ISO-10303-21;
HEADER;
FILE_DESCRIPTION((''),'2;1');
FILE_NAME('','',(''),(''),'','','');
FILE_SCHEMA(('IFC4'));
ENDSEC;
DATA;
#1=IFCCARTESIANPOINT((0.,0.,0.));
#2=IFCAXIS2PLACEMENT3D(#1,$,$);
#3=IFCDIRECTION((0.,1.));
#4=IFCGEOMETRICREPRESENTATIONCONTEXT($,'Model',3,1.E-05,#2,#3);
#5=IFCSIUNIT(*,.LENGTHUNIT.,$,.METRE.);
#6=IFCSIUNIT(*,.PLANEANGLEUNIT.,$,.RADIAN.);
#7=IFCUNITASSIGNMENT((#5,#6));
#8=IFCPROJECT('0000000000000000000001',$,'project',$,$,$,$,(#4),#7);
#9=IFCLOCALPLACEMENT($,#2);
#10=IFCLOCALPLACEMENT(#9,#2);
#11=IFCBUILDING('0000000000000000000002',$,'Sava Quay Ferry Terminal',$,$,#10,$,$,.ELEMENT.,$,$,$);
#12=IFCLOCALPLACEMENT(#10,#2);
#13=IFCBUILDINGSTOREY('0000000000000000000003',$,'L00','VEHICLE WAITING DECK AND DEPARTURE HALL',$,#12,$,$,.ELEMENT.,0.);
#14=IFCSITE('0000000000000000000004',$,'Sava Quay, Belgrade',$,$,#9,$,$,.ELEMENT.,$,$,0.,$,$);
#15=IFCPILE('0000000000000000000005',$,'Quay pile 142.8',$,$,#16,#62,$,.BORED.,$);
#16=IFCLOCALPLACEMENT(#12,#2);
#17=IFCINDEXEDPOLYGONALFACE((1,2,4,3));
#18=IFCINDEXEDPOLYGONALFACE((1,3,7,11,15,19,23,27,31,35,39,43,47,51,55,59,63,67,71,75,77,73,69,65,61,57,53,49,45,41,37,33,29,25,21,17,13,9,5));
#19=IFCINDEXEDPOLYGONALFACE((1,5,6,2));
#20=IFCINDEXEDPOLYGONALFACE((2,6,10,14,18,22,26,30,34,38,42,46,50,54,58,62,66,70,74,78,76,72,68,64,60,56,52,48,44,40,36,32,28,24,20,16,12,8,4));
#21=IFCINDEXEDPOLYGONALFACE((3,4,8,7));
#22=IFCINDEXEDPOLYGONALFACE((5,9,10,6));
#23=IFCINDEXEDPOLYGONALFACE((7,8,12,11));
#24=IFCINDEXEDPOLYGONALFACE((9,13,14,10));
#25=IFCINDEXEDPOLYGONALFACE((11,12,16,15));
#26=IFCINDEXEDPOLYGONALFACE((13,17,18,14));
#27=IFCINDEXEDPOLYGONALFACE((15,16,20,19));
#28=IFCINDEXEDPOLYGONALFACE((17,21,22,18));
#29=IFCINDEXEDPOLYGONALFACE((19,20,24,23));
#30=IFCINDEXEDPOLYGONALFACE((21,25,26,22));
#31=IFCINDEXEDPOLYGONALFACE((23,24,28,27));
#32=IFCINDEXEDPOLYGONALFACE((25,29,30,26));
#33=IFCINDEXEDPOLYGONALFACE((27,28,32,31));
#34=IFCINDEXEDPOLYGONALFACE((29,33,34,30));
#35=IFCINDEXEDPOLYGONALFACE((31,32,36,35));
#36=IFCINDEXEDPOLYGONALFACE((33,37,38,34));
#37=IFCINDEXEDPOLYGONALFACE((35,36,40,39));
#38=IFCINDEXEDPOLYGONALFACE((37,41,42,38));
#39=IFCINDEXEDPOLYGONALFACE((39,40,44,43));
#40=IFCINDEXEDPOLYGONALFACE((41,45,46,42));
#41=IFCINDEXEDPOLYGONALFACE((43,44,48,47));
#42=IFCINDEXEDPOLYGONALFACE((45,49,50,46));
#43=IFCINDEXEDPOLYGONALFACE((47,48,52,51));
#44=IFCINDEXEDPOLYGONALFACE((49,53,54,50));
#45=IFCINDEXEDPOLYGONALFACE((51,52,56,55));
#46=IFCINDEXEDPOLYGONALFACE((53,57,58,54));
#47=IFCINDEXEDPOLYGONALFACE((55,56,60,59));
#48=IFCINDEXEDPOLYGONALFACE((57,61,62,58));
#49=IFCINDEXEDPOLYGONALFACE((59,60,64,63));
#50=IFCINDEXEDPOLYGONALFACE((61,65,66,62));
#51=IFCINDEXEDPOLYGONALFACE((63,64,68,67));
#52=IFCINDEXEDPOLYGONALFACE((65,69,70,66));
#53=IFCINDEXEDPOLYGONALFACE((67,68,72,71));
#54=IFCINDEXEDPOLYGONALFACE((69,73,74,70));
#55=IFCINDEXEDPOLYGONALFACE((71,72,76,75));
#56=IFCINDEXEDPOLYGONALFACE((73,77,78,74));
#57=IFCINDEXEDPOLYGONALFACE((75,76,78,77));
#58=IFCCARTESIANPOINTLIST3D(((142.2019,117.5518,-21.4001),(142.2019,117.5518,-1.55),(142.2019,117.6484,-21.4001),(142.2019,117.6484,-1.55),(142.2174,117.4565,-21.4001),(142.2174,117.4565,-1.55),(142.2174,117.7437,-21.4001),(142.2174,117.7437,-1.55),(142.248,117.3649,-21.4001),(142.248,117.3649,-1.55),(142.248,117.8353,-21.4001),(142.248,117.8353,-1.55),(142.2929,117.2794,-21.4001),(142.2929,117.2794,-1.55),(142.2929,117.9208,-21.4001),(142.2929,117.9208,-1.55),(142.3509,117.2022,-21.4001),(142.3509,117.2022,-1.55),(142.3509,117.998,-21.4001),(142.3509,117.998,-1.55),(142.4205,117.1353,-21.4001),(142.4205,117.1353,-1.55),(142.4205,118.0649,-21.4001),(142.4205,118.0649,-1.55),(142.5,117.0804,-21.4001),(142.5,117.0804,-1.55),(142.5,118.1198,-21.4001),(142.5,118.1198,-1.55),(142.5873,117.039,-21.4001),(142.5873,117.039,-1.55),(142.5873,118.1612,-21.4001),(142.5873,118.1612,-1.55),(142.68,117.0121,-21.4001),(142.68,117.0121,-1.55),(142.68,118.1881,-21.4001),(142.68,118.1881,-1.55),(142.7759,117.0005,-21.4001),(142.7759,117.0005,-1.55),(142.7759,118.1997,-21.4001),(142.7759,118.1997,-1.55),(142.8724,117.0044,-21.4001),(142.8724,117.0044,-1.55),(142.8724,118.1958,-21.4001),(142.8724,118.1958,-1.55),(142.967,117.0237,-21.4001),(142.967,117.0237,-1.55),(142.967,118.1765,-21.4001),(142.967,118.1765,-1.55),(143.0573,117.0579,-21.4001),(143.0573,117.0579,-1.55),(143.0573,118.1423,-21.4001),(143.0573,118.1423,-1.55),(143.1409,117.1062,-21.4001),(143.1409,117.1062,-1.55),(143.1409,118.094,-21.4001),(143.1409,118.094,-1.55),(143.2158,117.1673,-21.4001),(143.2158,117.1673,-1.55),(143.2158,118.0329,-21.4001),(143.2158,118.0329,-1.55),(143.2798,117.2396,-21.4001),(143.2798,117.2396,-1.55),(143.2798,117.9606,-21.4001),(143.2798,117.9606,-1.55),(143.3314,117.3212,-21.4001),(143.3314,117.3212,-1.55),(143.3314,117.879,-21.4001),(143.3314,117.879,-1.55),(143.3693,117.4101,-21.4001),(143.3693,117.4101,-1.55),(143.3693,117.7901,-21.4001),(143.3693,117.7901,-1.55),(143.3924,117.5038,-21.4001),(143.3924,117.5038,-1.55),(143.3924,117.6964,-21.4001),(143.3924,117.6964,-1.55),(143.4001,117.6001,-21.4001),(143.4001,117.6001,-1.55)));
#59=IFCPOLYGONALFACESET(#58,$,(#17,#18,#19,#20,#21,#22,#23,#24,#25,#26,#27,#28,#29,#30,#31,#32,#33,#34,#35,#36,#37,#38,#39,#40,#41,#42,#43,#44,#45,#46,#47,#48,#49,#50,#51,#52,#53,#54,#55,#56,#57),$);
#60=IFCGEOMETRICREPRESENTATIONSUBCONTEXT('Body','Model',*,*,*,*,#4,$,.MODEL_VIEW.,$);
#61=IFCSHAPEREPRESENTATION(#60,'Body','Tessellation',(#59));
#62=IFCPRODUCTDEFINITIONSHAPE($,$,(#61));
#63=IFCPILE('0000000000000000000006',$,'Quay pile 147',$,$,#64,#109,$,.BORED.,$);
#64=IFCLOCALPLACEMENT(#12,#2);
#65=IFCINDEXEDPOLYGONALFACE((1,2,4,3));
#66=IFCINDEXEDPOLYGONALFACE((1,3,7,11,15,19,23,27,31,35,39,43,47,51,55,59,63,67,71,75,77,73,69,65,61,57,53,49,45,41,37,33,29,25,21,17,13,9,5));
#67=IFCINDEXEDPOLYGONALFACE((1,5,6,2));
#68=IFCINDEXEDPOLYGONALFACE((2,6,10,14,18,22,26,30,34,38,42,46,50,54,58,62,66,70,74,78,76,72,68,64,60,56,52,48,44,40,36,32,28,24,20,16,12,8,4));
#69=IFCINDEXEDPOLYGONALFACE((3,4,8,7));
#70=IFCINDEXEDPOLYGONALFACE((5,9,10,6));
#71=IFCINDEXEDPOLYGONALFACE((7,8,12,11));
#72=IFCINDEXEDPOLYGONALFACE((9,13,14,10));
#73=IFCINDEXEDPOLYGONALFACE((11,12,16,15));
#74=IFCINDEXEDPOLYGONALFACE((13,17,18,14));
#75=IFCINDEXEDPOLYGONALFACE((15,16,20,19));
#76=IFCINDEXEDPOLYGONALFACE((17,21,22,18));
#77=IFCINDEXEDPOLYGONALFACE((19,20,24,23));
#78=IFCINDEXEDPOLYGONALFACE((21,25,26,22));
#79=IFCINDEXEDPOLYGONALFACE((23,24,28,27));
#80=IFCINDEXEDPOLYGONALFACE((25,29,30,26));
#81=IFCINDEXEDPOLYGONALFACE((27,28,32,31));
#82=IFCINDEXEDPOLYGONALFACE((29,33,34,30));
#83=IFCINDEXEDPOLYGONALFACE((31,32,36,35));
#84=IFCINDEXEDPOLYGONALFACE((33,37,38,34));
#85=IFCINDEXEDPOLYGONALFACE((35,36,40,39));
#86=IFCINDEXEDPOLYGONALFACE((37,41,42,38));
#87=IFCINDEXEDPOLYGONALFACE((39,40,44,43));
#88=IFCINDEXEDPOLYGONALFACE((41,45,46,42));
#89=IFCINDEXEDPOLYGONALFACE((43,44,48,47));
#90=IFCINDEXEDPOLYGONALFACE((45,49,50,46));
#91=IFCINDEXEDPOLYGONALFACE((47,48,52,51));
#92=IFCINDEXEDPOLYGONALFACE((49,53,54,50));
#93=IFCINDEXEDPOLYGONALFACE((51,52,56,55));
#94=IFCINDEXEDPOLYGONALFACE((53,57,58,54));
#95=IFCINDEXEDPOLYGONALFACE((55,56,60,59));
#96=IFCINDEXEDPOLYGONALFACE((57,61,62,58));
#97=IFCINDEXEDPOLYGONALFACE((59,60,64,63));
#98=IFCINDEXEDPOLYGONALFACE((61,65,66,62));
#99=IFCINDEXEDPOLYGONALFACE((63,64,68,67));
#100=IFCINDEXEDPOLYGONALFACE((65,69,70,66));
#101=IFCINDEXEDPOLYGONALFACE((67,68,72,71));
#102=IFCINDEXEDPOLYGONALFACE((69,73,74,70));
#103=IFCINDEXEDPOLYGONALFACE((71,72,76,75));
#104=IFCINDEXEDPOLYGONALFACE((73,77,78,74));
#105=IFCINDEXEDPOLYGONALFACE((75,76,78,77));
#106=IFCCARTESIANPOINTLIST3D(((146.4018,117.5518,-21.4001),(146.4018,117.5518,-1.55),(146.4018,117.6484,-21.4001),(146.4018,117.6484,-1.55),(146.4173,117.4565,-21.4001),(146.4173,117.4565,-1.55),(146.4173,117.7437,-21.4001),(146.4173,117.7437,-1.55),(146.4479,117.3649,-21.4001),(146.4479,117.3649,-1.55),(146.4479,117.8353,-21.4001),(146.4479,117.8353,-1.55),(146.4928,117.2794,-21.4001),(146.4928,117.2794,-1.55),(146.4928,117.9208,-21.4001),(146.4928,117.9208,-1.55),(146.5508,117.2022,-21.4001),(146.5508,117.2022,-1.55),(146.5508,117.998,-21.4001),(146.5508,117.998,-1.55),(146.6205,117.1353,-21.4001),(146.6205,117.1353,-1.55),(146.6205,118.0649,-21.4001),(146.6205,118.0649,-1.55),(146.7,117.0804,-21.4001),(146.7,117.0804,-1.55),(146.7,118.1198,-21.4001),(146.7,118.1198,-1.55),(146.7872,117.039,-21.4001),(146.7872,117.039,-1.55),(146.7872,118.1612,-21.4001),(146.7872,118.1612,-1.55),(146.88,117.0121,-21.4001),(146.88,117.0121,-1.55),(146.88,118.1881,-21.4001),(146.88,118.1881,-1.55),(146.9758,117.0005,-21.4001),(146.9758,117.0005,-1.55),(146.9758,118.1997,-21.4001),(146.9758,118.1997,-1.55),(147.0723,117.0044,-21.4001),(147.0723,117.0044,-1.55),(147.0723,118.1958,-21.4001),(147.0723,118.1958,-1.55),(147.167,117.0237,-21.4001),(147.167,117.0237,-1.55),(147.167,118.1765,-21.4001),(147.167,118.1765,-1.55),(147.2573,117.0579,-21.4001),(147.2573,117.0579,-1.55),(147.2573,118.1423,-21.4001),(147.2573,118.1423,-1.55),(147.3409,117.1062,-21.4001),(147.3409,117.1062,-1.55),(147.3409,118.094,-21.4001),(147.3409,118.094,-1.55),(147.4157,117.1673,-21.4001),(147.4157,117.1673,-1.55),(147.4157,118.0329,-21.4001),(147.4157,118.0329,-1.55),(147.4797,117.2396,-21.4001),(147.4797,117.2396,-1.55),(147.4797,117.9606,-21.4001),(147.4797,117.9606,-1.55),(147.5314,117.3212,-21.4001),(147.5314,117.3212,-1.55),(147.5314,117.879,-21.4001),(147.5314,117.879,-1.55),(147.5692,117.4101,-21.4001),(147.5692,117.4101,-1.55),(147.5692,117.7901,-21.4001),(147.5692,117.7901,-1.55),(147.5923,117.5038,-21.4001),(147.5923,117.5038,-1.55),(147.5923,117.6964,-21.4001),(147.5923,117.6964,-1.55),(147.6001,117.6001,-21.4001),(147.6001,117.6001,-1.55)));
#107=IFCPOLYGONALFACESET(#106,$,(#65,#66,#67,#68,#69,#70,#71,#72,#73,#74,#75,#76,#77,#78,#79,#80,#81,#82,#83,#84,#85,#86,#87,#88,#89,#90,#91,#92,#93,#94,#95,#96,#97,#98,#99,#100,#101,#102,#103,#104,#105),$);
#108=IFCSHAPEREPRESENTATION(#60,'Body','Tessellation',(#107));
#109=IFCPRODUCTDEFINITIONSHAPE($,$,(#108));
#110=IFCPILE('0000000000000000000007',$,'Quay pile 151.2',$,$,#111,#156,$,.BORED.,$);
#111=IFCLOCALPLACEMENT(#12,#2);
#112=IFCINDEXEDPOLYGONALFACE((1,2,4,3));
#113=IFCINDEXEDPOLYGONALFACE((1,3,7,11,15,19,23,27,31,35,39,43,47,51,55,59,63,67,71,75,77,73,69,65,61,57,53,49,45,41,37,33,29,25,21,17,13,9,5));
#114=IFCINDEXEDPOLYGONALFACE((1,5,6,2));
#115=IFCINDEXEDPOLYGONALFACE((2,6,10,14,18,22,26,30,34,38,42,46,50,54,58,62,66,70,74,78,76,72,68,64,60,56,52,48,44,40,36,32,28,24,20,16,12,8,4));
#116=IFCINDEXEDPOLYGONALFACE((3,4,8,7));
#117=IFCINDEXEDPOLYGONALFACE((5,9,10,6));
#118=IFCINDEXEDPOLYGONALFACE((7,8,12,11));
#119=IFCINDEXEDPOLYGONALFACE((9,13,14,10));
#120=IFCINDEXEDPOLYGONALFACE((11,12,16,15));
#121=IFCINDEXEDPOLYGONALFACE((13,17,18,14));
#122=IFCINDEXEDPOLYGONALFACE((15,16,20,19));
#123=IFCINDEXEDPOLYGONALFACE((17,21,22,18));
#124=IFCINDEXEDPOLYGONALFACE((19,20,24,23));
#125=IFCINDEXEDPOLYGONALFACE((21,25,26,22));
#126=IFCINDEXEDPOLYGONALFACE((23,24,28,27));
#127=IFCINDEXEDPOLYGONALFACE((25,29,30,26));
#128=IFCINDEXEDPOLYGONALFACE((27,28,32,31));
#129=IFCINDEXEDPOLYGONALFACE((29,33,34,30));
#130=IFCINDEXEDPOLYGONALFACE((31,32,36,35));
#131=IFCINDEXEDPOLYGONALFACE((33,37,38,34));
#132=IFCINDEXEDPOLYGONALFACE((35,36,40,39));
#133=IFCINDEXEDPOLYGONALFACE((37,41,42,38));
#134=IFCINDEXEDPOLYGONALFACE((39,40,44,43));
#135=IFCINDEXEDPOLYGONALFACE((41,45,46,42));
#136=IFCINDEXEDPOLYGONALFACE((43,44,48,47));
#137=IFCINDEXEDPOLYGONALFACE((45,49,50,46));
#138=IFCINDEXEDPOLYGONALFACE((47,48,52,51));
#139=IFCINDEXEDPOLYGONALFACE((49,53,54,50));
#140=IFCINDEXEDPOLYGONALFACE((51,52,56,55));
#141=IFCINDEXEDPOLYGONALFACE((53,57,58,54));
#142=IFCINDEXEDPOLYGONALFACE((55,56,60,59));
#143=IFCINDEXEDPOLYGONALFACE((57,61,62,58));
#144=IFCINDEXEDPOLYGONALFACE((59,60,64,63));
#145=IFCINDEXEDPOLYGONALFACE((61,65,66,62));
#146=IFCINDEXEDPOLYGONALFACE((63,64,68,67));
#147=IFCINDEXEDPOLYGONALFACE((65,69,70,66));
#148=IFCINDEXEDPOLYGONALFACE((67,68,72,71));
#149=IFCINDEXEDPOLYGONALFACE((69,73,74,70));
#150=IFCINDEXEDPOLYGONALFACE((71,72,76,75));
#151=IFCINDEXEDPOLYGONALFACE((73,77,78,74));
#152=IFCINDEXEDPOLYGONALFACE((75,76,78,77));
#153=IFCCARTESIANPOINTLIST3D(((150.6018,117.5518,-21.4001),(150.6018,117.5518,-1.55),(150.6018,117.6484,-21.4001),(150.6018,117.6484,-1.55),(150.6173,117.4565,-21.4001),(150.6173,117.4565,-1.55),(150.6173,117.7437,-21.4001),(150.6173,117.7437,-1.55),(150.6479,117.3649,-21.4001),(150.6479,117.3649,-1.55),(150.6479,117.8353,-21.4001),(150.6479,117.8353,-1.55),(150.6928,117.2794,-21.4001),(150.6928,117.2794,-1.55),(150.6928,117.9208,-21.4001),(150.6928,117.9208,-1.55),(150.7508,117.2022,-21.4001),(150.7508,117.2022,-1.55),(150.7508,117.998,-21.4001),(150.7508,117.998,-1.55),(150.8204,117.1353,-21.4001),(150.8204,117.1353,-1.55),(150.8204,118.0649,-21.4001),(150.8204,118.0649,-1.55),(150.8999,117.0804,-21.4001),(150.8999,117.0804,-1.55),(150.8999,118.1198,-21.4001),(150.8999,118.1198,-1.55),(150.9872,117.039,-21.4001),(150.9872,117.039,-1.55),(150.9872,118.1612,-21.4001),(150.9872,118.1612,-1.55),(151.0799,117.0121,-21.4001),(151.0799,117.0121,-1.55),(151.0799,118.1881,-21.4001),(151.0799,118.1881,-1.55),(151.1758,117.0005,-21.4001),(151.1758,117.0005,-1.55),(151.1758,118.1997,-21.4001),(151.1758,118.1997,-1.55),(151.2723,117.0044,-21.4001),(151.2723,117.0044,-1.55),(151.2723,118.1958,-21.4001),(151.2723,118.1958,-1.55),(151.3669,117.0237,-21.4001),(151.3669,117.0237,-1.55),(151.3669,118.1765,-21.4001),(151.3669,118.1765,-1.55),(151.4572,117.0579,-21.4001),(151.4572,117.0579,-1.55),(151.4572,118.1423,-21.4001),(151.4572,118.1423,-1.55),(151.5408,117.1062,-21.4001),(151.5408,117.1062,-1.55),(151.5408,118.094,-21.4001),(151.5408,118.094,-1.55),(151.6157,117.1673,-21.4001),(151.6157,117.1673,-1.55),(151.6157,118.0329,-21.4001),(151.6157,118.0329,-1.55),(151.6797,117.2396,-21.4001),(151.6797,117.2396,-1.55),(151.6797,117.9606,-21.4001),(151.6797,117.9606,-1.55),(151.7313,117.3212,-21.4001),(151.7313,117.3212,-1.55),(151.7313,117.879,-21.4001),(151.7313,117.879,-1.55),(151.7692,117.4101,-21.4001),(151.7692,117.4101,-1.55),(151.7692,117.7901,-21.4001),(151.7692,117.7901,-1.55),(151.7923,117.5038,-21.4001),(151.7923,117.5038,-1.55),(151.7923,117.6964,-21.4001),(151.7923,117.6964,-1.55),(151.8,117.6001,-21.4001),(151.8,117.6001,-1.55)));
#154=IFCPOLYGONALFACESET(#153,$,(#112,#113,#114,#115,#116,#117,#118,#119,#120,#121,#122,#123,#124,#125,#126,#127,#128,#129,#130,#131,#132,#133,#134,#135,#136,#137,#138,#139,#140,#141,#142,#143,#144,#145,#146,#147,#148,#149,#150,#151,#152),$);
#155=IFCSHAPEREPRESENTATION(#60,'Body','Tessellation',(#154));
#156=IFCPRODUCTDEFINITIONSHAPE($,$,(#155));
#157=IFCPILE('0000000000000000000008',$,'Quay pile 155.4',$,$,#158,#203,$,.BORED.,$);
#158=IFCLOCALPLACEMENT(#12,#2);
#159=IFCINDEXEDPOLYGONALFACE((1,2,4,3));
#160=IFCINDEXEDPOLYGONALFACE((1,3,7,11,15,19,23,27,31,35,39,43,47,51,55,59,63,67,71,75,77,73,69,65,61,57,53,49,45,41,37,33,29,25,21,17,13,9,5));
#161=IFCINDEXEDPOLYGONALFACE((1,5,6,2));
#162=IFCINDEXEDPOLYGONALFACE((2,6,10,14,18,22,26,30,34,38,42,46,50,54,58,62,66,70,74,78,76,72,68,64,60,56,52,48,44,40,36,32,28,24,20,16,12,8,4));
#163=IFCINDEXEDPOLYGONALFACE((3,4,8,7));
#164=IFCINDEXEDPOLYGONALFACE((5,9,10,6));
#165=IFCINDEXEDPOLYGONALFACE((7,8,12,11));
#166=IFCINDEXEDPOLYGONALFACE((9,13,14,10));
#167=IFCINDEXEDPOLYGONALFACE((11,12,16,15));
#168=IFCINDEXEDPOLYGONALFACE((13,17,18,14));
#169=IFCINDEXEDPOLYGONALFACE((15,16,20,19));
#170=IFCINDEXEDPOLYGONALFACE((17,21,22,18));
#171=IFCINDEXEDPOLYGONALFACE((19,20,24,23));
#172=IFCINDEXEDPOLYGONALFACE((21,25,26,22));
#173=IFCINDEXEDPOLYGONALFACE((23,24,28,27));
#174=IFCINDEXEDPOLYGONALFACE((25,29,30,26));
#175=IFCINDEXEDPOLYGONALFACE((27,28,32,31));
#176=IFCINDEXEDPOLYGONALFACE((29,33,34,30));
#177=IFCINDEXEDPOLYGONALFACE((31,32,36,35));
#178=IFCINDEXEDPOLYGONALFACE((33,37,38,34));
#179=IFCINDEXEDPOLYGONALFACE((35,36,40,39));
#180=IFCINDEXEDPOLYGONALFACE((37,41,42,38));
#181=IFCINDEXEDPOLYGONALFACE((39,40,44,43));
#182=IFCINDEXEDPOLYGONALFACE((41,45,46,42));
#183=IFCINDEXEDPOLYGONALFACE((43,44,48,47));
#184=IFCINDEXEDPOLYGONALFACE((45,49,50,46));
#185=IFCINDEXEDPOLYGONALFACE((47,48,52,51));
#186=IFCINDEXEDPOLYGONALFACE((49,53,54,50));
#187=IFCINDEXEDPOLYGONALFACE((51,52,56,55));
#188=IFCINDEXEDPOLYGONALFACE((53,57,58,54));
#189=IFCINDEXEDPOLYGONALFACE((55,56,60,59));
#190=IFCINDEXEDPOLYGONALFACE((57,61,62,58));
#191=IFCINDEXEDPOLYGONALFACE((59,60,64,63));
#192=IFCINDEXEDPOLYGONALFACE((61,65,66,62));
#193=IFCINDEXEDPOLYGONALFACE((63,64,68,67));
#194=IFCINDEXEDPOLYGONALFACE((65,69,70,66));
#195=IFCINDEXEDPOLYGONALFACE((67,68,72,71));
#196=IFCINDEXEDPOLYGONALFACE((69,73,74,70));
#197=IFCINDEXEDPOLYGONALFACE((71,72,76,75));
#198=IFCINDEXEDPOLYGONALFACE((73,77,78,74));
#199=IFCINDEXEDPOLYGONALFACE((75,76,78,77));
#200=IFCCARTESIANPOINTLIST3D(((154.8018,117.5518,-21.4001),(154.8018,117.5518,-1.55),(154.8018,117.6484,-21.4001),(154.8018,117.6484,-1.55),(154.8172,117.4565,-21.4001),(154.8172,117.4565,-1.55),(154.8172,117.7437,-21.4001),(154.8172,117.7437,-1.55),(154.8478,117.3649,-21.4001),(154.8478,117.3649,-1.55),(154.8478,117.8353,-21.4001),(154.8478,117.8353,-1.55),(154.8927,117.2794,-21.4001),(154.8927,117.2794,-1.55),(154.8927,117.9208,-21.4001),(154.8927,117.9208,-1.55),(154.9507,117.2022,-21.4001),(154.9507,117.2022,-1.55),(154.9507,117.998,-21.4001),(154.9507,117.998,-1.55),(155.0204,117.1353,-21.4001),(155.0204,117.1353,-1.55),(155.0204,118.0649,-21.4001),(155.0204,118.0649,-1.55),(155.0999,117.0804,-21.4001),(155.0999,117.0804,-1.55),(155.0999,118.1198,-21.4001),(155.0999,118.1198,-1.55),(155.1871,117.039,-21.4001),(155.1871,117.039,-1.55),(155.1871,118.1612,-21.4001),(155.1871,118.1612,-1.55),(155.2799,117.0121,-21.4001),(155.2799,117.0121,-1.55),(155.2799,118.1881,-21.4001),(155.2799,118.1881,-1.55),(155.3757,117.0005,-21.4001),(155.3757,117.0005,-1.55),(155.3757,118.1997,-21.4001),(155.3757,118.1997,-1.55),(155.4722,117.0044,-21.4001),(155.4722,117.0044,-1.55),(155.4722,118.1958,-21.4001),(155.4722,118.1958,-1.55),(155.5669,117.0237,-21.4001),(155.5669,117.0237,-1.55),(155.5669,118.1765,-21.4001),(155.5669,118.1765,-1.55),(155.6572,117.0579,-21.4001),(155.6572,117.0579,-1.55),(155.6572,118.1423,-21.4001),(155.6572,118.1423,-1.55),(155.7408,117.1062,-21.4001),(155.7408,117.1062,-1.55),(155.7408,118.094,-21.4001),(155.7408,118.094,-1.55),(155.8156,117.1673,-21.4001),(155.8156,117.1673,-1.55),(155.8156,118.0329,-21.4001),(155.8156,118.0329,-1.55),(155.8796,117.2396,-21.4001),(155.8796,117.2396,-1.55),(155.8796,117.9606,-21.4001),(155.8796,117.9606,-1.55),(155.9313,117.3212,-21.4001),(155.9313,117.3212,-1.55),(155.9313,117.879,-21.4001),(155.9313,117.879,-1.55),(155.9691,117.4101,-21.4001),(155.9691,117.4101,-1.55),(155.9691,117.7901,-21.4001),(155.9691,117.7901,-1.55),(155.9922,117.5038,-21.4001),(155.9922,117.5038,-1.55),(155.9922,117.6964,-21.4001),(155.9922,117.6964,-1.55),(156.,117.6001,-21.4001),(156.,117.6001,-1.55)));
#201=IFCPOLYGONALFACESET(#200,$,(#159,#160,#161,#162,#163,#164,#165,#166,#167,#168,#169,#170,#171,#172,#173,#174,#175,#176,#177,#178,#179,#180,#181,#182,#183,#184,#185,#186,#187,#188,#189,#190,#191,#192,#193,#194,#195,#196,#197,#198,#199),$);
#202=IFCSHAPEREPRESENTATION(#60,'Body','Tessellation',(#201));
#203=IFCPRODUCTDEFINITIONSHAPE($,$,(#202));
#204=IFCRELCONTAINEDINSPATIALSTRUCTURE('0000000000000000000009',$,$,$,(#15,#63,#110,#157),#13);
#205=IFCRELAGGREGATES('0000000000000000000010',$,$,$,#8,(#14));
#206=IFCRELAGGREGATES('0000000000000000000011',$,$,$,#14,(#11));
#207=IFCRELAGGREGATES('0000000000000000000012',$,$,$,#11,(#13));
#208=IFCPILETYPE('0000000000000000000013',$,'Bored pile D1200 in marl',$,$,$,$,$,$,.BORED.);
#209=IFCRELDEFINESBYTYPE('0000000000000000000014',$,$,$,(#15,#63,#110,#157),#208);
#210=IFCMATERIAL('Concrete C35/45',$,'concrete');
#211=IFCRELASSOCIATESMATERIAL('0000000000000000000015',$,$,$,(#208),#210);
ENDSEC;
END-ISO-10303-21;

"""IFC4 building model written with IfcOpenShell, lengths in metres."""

from ifc_helpers import new_model, si_unit, direction, frame, origin, origin_2d, place, context, subcontext, project, spatial, circle, extrude, material, material_profile, profile_set, type_object, element, save


model = new_model("IFC4")

# Units and contexts
model_context = context("Model", 3, precision=1e-05, world=origin(), true_north=direction((0.0, 1.0)))
body_context = subcontext(model_context, "Body", "Model", "MODEL_VIEW")
ifc_project = project(units=[si_unit("LENGTHUNIT", "METRE"), si_unit("PLANEANGLEUNIT", "RADIAN")], contexts=[model_context])

# Site, building, storey
site_placement = place(None, origin())
site = spatial("IfcSite", under=ifc_project, at=site_placement, Name="Sava Quay, Belgrade", CompositionType="ELEMENT", RefElevation=0.0)
building_placement = place(site_placement, origin())
building = spatial("IfcBuilding", under=site, at=building_placement, Name="Sava Quay Ferry Terminal", CompositionType="ELEMENT")
storey_placement = place(building_placement, origin())
storey = spatial("IfcBuildingStorey", under=building, at=storey_placement, Name="L00", Description="VEHICLE WAITING DECK AND DEPARTURE HALL", CompositionType="ELEMENT", Elevation=0.0)

# Piles
ifc_material_1 = material(Name="Concrete C35/45", Category="concrete")
ifc_material_profile_1 = material_profile(ifc_material_1, circle(Radius=0.6001, at=origin_2d()), Name="Bored pile D1200 in marl")
ifc_profile_set_1 = profile_set([ifc_material_profile_1], Name="Concrete C35/45")
pile_type_1 = type_object("IfcPileType", Name="Bored pile D1200 in marl", PredefinedType="BORED", material=ifc_profile_set_1)
for number, where, z_axis, x_axis, name in (
    (1, (142.8, 117.6001, -1.55), (0.0, 0.0, -1.0), (1.0, 0.0, 0.0), "Quay pile 142.8"),
    (2, (147.0, 117.6001, -1.55), (0.0, 0.0, -1.0), (1.0, 0.0, 0.0), "Quay pile 147"),
    (3, (151.2, 117.6001, -1.55), (0.0, 0.0, -1.0), (1.0, 0.0, 0.0), "Quay pile 151.2"),
    (4, (155.3999, 117.6001, -1.55), (0.0, 0.0, -1.0), (1.0, 0.0, 0.0), "Quay pile 155.4"),
):
    element("IfcPile", number, at=place(storey_placement, frame(where, z_axis=z_axis, x_axis=x_axis)), inside=storey, type_object=pile_type_1, Name=name, PredefinedType="BORED", context=body_context, shape_type="SweptSolid", body=[
        extrude(circle(Radius=0.6001, at=origin_2d()), origin(), (0.0, 0.0, 1.0), 19.8501),
    ])

save(model, "model.ifc")
